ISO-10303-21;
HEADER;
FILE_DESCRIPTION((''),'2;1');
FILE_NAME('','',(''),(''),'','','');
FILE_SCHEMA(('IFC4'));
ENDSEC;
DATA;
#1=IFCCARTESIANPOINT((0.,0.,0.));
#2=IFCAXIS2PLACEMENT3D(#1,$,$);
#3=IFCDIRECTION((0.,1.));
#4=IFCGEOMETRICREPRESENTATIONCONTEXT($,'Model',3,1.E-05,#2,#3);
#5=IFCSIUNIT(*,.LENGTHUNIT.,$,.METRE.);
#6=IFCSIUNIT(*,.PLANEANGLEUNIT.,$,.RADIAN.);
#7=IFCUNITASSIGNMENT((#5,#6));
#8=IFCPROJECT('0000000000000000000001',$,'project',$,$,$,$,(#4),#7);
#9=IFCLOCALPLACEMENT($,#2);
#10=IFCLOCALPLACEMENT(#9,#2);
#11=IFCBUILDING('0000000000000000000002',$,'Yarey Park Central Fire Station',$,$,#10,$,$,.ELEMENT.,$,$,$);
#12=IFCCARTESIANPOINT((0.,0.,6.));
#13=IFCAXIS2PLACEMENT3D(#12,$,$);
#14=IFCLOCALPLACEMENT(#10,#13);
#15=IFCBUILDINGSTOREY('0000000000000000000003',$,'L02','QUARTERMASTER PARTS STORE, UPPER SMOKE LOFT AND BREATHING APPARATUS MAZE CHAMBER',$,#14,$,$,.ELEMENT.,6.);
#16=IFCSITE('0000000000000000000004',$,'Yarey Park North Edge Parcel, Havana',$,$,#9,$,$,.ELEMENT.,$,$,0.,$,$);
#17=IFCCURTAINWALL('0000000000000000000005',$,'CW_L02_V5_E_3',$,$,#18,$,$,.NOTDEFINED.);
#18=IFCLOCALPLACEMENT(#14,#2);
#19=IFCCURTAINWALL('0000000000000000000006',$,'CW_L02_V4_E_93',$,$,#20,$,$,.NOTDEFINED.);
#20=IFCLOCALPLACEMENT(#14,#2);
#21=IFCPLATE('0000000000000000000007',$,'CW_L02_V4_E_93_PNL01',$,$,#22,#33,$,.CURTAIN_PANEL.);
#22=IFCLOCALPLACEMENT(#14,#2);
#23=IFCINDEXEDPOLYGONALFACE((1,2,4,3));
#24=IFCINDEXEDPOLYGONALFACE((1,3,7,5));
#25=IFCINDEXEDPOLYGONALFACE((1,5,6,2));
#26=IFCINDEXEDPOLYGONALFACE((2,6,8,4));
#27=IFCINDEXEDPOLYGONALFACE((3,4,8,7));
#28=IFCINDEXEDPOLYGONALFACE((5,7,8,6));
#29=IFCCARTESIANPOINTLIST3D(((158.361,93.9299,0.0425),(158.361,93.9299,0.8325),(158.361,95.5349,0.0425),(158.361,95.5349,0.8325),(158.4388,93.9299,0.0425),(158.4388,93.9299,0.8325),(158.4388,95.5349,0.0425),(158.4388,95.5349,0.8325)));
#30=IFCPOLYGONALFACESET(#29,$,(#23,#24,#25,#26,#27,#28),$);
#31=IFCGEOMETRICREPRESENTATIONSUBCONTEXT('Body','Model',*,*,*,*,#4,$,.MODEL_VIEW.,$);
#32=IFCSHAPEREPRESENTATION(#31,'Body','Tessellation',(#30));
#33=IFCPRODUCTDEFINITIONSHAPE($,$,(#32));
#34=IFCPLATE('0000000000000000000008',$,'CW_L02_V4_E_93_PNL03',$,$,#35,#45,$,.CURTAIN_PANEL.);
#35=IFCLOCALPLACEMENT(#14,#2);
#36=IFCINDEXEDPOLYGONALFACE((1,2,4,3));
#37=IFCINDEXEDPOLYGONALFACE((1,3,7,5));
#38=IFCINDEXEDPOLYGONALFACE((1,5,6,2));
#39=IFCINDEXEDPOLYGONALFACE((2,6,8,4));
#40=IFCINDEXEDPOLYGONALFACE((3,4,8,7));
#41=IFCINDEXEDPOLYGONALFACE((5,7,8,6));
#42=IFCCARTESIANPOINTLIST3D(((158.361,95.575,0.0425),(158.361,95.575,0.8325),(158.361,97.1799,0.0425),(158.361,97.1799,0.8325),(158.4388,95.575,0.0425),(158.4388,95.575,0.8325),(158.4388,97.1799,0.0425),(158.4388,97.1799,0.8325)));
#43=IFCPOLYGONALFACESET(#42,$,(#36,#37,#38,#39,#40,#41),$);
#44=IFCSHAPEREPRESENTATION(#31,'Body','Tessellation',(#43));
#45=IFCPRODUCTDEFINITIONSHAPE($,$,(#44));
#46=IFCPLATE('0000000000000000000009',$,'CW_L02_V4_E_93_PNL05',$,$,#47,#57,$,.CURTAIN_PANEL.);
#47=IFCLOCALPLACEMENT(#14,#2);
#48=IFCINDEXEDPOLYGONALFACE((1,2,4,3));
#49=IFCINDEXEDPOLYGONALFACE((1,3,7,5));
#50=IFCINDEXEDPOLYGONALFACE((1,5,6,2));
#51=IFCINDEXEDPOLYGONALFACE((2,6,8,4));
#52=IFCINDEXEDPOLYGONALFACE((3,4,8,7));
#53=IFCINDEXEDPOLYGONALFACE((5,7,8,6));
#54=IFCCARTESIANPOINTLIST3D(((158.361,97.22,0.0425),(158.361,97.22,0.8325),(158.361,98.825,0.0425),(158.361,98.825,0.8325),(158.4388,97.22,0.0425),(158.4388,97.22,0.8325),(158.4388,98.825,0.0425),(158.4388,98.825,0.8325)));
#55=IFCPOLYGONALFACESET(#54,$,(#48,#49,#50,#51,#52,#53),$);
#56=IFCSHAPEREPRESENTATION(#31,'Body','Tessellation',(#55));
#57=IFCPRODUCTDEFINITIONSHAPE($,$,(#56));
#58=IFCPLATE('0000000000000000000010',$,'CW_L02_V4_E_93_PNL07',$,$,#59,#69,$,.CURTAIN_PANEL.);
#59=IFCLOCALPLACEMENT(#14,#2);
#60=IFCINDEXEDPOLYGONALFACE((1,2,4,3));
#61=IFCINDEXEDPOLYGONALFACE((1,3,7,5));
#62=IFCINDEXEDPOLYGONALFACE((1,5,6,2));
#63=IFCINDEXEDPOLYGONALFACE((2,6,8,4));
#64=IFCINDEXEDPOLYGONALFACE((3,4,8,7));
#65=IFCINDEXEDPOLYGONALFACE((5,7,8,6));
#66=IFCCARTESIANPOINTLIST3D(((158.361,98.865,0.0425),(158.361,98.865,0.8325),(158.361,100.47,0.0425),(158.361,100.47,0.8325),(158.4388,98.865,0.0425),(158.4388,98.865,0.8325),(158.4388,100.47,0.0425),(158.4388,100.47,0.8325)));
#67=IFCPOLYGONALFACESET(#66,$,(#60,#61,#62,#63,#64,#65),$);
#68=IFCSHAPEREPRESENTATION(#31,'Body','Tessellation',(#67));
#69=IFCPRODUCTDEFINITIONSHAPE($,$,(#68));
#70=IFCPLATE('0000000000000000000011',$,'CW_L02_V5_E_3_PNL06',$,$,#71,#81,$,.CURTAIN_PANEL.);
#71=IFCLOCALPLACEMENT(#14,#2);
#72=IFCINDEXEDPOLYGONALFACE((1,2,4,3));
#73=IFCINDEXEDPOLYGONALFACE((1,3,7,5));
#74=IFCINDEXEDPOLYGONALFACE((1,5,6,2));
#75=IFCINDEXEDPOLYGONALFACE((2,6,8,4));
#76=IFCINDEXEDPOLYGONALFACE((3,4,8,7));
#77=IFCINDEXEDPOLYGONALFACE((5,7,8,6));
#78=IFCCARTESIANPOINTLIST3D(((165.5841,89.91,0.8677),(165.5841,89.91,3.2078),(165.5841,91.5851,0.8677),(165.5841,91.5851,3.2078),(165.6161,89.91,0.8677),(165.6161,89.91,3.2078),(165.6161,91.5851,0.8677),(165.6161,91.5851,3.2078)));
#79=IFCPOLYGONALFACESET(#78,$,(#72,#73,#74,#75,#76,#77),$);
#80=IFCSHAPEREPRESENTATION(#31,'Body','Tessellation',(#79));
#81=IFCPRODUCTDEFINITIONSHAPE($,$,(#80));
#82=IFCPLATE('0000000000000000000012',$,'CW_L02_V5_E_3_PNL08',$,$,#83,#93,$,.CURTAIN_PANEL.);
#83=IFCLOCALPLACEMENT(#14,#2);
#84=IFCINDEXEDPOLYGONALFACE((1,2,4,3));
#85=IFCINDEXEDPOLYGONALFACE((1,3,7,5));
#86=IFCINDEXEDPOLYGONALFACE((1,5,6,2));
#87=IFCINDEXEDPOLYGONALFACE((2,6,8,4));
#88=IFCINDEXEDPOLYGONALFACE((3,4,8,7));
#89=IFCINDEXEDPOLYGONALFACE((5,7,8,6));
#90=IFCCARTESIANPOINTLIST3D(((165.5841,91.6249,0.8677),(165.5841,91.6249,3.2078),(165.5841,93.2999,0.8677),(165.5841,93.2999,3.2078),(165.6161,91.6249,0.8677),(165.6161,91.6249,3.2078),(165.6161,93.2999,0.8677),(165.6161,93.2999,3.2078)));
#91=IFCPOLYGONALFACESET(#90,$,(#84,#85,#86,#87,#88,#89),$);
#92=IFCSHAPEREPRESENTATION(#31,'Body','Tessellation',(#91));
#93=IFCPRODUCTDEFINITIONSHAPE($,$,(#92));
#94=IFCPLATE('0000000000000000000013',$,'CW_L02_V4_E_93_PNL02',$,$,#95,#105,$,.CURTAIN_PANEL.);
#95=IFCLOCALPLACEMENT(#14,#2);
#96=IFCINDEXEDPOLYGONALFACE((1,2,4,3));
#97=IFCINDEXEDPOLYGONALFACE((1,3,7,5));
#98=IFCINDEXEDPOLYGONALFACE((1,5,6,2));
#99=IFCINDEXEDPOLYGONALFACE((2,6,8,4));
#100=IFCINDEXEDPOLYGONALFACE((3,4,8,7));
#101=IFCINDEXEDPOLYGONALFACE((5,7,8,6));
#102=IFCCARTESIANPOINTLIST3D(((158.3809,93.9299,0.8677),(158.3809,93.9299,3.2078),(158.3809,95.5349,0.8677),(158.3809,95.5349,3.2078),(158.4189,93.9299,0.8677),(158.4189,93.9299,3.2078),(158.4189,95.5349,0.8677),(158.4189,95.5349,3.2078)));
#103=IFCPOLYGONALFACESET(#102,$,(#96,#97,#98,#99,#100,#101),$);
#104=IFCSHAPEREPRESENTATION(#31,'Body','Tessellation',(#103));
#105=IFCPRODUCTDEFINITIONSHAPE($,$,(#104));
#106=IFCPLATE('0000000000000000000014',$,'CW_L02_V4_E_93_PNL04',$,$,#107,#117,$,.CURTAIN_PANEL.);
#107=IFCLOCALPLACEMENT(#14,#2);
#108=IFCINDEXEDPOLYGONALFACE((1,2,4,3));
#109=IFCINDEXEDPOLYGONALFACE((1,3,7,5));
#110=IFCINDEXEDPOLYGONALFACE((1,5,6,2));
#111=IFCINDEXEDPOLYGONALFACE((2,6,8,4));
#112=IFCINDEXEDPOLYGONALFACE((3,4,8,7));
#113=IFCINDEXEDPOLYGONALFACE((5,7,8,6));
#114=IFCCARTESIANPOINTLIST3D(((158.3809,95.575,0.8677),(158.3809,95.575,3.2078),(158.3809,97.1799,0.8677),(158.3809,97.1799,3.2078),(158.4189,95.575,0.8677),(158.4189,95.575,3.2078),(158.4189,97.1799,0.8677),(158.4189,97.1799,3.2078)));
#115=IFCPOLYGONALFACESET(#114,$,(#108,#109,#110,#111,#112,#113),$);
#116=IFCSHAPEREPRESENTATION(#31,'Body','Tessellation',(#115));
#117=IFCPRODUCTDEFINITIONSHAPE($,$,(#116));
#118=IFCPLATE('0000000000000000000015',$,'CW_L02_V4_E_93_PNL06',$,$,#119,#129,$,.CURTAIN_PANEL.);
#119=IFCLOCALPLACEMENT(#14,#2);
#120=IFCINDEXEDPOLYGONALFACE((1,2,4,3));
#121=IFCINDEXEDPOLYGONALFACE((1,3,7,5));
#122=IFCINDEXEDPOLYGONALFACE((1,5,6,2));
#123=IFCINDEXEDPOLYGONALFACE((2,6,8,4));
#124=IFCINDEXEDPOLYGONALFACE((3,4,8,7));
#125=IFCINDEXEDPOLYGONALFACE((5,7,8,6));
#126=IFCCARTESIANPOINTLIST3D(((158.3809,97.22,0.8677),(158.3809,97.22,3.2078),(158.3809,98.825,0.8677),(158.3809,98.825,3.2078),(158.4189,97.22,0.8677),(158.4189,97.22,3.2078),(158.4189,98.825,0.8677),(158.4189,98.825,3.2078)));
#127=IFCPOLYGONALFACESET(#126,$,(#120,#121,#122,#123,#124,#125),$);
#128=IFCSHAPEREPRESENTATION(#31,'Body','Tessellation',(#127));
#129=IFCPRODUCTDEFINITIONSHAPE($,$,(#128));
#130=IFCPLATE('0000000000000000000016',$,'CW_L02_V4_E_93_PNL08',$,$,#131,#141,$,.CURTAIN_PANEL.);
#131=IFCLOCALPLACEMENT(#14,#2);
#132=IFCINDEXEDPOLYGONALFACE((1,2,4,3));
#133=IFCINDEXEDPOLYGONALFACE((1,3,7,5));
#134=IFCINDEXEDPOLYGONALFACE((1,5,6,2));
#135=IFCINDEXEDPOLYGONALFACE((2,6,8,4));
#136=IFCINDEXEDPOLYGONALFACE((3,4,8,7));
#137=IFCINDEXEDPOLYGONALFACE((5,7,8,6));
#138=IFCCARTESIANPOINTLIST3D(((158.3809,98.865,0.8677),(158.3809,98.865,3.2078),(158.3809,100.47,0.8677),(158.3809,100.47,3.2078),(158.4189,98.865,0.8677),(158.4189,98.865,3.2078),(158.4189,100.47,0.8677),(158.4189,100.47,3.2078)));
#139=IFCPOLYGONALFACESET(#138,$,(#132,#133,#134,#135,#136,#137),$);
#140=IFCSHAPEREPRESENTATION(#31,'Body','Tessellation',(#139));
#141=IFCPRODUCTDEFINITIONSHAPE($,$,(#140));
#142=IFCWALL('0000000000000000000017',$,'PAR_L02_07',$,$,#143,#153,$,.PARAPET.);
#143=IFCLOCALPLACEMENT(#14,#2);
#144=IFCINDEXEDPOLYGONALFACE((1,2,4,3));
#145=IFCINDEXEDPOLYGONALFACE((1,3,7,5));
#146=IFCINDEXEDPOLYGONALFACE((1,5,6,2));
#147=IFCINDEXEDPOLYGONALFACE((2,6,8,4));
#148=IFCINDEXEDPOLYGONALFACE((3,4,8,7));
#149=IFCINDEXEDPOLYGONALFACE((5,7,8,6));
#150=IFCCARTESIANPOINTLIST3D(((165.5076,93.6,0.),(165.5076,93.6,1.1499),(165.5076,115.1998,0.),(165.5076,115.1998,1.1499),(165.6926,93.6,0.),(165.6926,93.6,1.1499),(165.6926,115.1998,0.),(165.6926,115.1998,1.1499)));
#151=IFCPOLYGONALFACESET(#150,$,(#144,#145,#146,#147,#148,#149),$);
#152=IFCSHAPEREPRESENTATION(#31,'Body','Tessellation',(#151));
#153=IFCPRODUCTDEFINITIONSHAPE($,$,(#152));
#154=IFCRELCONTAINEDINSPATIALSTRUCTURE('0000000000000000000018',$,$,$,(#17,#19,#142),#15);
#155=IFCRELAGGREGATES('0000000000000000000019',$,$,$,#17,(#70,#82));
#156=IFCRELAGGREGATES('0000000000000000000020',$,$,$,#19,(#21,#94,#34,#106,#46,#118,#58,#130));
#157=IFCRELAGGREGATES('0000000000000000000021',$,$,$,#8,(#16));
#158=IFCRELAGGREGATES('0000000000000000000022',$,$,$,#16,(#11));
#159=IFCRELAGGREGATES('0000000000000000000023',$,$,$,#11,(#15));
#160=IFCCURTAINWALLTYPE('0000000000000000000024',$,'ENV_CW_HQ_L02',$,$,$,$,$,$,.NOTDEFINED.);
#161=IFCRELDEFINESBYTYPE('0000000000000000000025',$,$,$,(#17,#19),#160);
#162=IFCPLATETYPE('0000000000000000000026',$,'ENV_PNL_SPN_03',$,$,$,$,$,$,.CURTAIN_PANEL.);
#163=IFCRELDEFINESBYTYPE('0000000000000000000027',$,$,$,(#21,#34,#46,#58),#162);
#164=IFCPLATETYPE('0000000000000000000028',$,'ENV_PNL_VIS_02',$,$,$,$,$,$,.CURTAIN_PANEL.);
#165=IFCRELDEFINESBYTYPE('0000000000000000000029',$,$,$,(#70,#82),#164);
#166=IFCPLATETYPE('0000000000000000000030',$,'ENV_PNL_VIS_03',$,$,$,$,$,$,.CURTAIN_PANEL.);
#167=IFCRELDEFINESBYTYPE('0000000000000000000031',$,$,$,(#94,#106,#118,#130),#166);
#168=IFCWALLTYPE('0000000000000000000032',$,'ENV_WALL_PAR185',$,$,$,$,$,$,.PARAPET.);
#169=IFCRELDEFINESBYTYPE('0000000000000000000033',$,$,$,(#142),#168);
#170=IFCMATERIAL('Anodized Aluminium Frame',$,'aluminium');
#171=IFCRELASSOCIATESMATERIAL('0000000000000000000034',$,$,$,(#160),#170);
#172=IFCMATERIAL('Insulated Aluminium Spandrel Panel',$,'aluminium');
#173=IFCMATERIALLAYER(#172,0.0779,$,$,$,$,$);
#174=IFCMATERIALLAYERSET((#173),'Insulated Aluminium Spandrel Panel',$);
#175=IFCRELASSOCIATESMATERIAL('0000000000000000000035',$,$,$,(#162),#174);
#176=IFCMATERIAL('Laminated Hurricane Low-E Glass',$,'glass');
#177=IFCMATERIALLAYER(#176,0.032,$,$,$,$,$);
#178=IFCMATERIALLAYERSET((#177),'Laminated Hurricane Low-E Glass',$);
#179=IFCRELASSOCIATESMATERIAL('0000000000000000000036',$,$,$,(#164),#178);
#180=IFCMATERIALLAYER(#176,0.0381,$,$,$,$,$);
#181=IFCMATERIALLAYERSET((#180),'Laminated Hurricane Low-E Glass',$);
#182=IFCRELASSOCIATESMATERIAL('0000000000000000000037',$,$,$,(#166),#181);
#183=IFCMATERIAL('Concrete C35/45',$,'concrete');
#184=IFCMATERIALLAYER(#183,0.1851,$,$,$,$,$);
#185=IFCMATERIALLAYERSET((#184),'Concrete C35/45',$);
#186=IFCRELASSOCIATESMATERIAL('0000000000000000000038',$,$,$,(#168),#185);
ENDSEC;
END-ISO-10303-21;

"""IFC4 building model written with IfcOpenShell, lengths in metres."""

from ifc_helpers import new_model, si_unit, direction, frame, frame_2d, origin, origin_2d, place, context, subcontext, project, spatial, rectangle, extrude, material, layer, layer_set, type_object, element, aggregate, save


model = new_model("IFC4")

# Units and contexts
model_context = context("Model", 3, precision=1e-05, world=origin(), true_north=direction((0.0, 1.0)))
body_context = subcontext(model_context, "Body", "Model", "MODEL_VIEW")
ifc_project = project(units=[si_unit("LENGTHUNIT", "METRE"), si_unit("PLANEANGLEUNIT", "RADIAN")], contexts=[model_context])

# Site, building, storey
site_placement = place(None, origin())
site = spatial("IfcSite", under=ifc_project, at=site_placement, Name="Yarey Park North Edge Parcel, Havana", CompositionType="ELEMENT", RefElevation=0.0)
building_placement = place(site_placement, origin())
building = spatial("IfcBuilding", under=site, at=building_placement, Name="Yarey Park Central Fire Station", CompositionType="ELEMENT")
storey_placement = place(building_placement, frame((0.0, 0.0, 6.0)))
storey = spatial("IfcBuildingStorey", under=building, at=storey_placement, Name="L02", Description="QUARTERMASTER PARTS STORE, UPPER SMOKE LOFT AND BREATHING APPARATUS MAZE CHAMBER", CompositionType="ELEMENT", Elevation=6.0)

# Curtain walls
ifc_material_1 = material(Name="Anodized Aluminium Frame", Category="aluminium")
curtain_wall_type = type_object("IfcCurtainWallType", Name="ENV_CW_HQ_L02", PredefinedType="NOTDEFINED", material=ifc_material_1)
curtain_wall_1_placement = place(storey_placement, origin())
curtain_wall_1 = element("IfcCurtainWall", 1, at=curtain_wall_1_placement, inside=storey, type_object=curtain_wall_type, Name="CW_L02_V5_E_3", PredefinedType="NOTDEFINED")
curtain_wall_2_placement = place(storey_placement, origin())
curtain_wall_2 = element("IfcCurtainWall", 2, at=curtain_wall_2_placement, inside=storey, type_object=curtain_wall_type, Name="CW_L02_V4_E_93", PredefinedType="NOTDEFINED")

# Plates
ifc_material_2 = material(Name="Insulated Aluminium Spandrel Panel", Category="aluminium")
ifc_layer_1 = layer(ifc_material_2, 0.0779)
ifc_layer_set_1 = layer_set([ifc_layer_1], Name="Insulated Aluminium Spandrel Panel")
plate_type_1 = type_object("IfcPlateType", Name="ENV_PNL_SPN_03", PredefinedType="CURTAIN_PANEL", material=ifc_layer_set_1)
plate_1_placement = place(storey_placement, frame((158.3999, 94.7324, 0.0425), z_axis=(0.0, 0.0, 1.0), x_axis=(0.0, 1.0, 0.0)))
plate_1 = element("IfcPlate", 3, at=plate_1_placement, type_object=plate_type_1, Name="CW_L02_V4_E_93_PNL01", PredefinedType="CURTAIN_PANEL", context=body_context, shape_type="SweptSolid", body=[
    extrude(rectangle(XDim=1.605, YDim=0.0779, at=origin_2d()), origin(), (0.0, 0.0, 1.0), 0.79),
])
plate_2_placement = place(storey_placement, frame((158.3999, 96.3774, 0.0425), z_axis=(0.0, 0.0, 1.0), x_axis=(0.0, 1.0, 0.0)))
plate_2 = element("IfcPlate", 4, at=plate_2_placement, type_object=plate_type_1, Name="CW_L02_V4_E_93_PNL03", PredefinedType="CURTAIN_PANEL", context=body_context, shape_type="SweptSolid", body=[
    extrude(rectangle(XDim=1.605, YDim=0.0779, at=origin_2d()), origin(), (0.0, 0.0, 1.0), 0.79),
])
plate_3_placement = place(storey_placement, frame((158.3999, 98.0225, 0.0425), z_axis=(0.0, 0.0, 1.0), x_axis=(0.0, 1.0, 0.0)))
plate_3 = element("IfcPlate", 5, at=plate_3_placement, type_object=plate_type_1, Name="CW_L02_V4_E_93_PNL05", PredefinedType="CURTAIN_PANEL", context=body_context, shape_type="SweptSolid", body=[
    extrude(rectangle(XDim=1.605, YDim=0.0779, at=origin_2d()), origin(), (0.0, 0.0, 1.0), 0.79),
])
plate_4_placement = place(storey_placement, frame((158.3999, 99.6675, 0.0425), z_axis=(0.0, 0.0, 1.0), x_axis=(0.0, 1.0, 0.0)))
plate_4 = element("IfcPlate", 6, at=plate_4_placement, type_object=plate_type_1, Name="CW_L02_V4_E_93_PNL07", PredefinedType="CURTAIN_PANEL", context=body_context, shape_type="SweptSolid", body=[
    extrude(rectangle(XDim=1.605, YDim=0.0779, at=origin_2d()), origin(), (0.0, 0.0, 1.0), 0.79),
])
ifc_material_3 = material(Name="Laminated Hurricane Low-E Glass", Category="glass")
ifc_layer_2 = layer(ifc_material_3, 0.032)
ifc_layer_set_2 = layer_set([ifc_layer_2], Name="Laminated Hurricane Low-E Glass")
plate_type_2 = type_object("IfcPlateType", Name="ENV_PNL_VIS_02", PredefinedType="CURTAIN_PANEL", material=ifc_layer_set_2)
plate_5_placement = place(storey_placement, frame((165.6001, 90.7476, 0.8677), z_axis=(0.0, 0.0, 1.0), x_axis=(0.0, 1.0, 0.0)))
plate_5 = element("IfcPlate", 7, at=plate_5_placement, type_object=plate_type_2, Name="CW_L02_V5_E_3_PNL06", PredefinedType="CURTAIN_PANEL", context=body_context, shape_type="SweptSolid", body=[
    extrude(rectangle(XDim=1.675, YDim=0.032, at=origin_2d()), origin(), (0.0, 0.0, 1.0), 2.3401),
])
plate_6_placement = place(storey_placement, frame((165.6001, 92.4624, 0.8677), z_axis=(0.0, 0.0, 1.0), x_axis=(0.0, 1.0, 0.0)))
plate_6 = element("IfcPlate", 8, at=plate_6_placement, type_object=plate_type_2, Name="CW_L02_V5_E_3_PNL08", PredefinedType="CURTAIN_PANEL", context=body_context, shape_type="SweptSolid", body=[
    extrude(rectangle(XDim=1.675, YDim=0.032, at=origin_2d()), origin(), (0.0, 0.0, 1.0), 2.3401),
])
aggregate(curtain_wall_1, [plate_5, plate_6])
ifc_layer_3 = layer(ifc_material_3, 0.0381)
ifc_layer_set_3 = layer_set([ifc_layer_3], Name="Laminated Hurricane Low-E Glass")
plate_type_3 = type_object("IfcPlateType", Name="ENV_PNL_VIS_03", PredefinedType="CURTAIN_PANEL", material=ifc_layer_set_3)
plate_7_placement = place(storey_placement, frame((158.3999, 94.7324, 0.8677), z_axis=(0.0, 0.0, 1.0), x_axis=(0.0, 1.0, 0.0)))
plate_7 = element("IfcPlate", 9, at=plate_7_placement, type_object=plate_type_3, Name="CW_L02_V4_E_93_PNL02", PredefinedType="CURTAIN_PANEL", context=body_context, shape_type="SweptSolid", body=[
    extrude(rectangle(XDim=1.605, YDim=0.0381, at=origin_2d()), origin(), (0.0, 0.0, 1.0), 2.3401),
])
plate_8_placement = place(storey_placement, frame((158.3999, 96.3774, 0.8677), z_axis=(0.0, 0.0, 1.0), x_axis=(0.0, 1.0, 0.0)))
plate_8 = element("IfcPlate", 10, at=plate_8_placement, type_object=plate_type_3, Name="CW_L02_V4_E_93_PNL04", PredefinedType="CURTAIN_PANEL", context=body_context, shape_type="SweptSolid", body=[
    extrude(rectangle(XDim=1.605, YDim=0.0381, at=origin_2d()), origin(), (0.0, 0.0, 1.0), 2.3401),
])
plate_9_placement = place(storey_placement, frame((158.3999, 98.0225, 0.8677), z_axis=(0.0, 0.0, 1.0), x_axis=(0.0, 1.0, 0.0)))
plate_9 = element("IfcPlate", 11, at=plate_9_placement, type_object=plate_type_3, Name="CW_L02_V4_E_93_PNL06", PredefinedType="CURTAIN_PANEL", context=body_context, shape_type="SweptSolid", body=[
    extrude(rectangle(XDim=1.605, YDim=0.0381, at=origin_2d()), origin(), (0.0, 0.0, 1.0), 2.3401),
])
plate_10_placement = place(storey_placement, frame((158.3999, 99.6675, 0.8677), z_axis=(0.0, 0.0, 1.0), x_axis=(0.0, 1.0, 0.0)))
plate_10 = element("IfcPlate", 12, at=plate_10_placement, type_object=plate_type_3, Name="CW_L02_V4_E_93_PNL08", PredefinedType="CURTAIN_PANEL", context=body_context, shape_type="SweptSolid", body=[
    extrude(rectangle(XDim=1.605, YDim=0.0381, at=origin_2d()), origin(), (0.0, 0.0, 1.0), 2.3401),
])
aggregate(curtain_wall_2, [plate_1, plate_7, plate_2, plate_8, plate_3, plate_9, plate_4, plate_10])

# Wall
ifc_material_4 = material(Name="Concrete C35/45", Category="concrete")
ifc_layer_4 = layer(ifc_material_4, 0.1851)
ifc_layer_set_4 = layer_set([ifc_layer_4], Name="Concrete C35/45")
wall_type = type_object("IfcWallType", Name="ENV_WALL_PAR185", PredefinedType="PARAPET", material=ifc_layer_set_4)
wall_placement = place(storey_placement, frame((165.6001, 93.6001, 0.0), z_axis=(0.0, 0.0, 1.0), x_axis=(0.0, 1.0, 0.0)))
element("IfcWall", 13, at=wall_placement, inside=storey, type_object=wall_type, Name="PAR_L02_07", PredefinedType="PARAPET", context=body_context, shape_type="SweptSolid", body=[
    extrude(rectangle(XDim=21.5999, YDim=0.1851, at=frame_2d((10.7998, 0.0))), origin(), (0.0, 0.0, 1.0), 1.1499),
])

save(model, "model.ifc")
